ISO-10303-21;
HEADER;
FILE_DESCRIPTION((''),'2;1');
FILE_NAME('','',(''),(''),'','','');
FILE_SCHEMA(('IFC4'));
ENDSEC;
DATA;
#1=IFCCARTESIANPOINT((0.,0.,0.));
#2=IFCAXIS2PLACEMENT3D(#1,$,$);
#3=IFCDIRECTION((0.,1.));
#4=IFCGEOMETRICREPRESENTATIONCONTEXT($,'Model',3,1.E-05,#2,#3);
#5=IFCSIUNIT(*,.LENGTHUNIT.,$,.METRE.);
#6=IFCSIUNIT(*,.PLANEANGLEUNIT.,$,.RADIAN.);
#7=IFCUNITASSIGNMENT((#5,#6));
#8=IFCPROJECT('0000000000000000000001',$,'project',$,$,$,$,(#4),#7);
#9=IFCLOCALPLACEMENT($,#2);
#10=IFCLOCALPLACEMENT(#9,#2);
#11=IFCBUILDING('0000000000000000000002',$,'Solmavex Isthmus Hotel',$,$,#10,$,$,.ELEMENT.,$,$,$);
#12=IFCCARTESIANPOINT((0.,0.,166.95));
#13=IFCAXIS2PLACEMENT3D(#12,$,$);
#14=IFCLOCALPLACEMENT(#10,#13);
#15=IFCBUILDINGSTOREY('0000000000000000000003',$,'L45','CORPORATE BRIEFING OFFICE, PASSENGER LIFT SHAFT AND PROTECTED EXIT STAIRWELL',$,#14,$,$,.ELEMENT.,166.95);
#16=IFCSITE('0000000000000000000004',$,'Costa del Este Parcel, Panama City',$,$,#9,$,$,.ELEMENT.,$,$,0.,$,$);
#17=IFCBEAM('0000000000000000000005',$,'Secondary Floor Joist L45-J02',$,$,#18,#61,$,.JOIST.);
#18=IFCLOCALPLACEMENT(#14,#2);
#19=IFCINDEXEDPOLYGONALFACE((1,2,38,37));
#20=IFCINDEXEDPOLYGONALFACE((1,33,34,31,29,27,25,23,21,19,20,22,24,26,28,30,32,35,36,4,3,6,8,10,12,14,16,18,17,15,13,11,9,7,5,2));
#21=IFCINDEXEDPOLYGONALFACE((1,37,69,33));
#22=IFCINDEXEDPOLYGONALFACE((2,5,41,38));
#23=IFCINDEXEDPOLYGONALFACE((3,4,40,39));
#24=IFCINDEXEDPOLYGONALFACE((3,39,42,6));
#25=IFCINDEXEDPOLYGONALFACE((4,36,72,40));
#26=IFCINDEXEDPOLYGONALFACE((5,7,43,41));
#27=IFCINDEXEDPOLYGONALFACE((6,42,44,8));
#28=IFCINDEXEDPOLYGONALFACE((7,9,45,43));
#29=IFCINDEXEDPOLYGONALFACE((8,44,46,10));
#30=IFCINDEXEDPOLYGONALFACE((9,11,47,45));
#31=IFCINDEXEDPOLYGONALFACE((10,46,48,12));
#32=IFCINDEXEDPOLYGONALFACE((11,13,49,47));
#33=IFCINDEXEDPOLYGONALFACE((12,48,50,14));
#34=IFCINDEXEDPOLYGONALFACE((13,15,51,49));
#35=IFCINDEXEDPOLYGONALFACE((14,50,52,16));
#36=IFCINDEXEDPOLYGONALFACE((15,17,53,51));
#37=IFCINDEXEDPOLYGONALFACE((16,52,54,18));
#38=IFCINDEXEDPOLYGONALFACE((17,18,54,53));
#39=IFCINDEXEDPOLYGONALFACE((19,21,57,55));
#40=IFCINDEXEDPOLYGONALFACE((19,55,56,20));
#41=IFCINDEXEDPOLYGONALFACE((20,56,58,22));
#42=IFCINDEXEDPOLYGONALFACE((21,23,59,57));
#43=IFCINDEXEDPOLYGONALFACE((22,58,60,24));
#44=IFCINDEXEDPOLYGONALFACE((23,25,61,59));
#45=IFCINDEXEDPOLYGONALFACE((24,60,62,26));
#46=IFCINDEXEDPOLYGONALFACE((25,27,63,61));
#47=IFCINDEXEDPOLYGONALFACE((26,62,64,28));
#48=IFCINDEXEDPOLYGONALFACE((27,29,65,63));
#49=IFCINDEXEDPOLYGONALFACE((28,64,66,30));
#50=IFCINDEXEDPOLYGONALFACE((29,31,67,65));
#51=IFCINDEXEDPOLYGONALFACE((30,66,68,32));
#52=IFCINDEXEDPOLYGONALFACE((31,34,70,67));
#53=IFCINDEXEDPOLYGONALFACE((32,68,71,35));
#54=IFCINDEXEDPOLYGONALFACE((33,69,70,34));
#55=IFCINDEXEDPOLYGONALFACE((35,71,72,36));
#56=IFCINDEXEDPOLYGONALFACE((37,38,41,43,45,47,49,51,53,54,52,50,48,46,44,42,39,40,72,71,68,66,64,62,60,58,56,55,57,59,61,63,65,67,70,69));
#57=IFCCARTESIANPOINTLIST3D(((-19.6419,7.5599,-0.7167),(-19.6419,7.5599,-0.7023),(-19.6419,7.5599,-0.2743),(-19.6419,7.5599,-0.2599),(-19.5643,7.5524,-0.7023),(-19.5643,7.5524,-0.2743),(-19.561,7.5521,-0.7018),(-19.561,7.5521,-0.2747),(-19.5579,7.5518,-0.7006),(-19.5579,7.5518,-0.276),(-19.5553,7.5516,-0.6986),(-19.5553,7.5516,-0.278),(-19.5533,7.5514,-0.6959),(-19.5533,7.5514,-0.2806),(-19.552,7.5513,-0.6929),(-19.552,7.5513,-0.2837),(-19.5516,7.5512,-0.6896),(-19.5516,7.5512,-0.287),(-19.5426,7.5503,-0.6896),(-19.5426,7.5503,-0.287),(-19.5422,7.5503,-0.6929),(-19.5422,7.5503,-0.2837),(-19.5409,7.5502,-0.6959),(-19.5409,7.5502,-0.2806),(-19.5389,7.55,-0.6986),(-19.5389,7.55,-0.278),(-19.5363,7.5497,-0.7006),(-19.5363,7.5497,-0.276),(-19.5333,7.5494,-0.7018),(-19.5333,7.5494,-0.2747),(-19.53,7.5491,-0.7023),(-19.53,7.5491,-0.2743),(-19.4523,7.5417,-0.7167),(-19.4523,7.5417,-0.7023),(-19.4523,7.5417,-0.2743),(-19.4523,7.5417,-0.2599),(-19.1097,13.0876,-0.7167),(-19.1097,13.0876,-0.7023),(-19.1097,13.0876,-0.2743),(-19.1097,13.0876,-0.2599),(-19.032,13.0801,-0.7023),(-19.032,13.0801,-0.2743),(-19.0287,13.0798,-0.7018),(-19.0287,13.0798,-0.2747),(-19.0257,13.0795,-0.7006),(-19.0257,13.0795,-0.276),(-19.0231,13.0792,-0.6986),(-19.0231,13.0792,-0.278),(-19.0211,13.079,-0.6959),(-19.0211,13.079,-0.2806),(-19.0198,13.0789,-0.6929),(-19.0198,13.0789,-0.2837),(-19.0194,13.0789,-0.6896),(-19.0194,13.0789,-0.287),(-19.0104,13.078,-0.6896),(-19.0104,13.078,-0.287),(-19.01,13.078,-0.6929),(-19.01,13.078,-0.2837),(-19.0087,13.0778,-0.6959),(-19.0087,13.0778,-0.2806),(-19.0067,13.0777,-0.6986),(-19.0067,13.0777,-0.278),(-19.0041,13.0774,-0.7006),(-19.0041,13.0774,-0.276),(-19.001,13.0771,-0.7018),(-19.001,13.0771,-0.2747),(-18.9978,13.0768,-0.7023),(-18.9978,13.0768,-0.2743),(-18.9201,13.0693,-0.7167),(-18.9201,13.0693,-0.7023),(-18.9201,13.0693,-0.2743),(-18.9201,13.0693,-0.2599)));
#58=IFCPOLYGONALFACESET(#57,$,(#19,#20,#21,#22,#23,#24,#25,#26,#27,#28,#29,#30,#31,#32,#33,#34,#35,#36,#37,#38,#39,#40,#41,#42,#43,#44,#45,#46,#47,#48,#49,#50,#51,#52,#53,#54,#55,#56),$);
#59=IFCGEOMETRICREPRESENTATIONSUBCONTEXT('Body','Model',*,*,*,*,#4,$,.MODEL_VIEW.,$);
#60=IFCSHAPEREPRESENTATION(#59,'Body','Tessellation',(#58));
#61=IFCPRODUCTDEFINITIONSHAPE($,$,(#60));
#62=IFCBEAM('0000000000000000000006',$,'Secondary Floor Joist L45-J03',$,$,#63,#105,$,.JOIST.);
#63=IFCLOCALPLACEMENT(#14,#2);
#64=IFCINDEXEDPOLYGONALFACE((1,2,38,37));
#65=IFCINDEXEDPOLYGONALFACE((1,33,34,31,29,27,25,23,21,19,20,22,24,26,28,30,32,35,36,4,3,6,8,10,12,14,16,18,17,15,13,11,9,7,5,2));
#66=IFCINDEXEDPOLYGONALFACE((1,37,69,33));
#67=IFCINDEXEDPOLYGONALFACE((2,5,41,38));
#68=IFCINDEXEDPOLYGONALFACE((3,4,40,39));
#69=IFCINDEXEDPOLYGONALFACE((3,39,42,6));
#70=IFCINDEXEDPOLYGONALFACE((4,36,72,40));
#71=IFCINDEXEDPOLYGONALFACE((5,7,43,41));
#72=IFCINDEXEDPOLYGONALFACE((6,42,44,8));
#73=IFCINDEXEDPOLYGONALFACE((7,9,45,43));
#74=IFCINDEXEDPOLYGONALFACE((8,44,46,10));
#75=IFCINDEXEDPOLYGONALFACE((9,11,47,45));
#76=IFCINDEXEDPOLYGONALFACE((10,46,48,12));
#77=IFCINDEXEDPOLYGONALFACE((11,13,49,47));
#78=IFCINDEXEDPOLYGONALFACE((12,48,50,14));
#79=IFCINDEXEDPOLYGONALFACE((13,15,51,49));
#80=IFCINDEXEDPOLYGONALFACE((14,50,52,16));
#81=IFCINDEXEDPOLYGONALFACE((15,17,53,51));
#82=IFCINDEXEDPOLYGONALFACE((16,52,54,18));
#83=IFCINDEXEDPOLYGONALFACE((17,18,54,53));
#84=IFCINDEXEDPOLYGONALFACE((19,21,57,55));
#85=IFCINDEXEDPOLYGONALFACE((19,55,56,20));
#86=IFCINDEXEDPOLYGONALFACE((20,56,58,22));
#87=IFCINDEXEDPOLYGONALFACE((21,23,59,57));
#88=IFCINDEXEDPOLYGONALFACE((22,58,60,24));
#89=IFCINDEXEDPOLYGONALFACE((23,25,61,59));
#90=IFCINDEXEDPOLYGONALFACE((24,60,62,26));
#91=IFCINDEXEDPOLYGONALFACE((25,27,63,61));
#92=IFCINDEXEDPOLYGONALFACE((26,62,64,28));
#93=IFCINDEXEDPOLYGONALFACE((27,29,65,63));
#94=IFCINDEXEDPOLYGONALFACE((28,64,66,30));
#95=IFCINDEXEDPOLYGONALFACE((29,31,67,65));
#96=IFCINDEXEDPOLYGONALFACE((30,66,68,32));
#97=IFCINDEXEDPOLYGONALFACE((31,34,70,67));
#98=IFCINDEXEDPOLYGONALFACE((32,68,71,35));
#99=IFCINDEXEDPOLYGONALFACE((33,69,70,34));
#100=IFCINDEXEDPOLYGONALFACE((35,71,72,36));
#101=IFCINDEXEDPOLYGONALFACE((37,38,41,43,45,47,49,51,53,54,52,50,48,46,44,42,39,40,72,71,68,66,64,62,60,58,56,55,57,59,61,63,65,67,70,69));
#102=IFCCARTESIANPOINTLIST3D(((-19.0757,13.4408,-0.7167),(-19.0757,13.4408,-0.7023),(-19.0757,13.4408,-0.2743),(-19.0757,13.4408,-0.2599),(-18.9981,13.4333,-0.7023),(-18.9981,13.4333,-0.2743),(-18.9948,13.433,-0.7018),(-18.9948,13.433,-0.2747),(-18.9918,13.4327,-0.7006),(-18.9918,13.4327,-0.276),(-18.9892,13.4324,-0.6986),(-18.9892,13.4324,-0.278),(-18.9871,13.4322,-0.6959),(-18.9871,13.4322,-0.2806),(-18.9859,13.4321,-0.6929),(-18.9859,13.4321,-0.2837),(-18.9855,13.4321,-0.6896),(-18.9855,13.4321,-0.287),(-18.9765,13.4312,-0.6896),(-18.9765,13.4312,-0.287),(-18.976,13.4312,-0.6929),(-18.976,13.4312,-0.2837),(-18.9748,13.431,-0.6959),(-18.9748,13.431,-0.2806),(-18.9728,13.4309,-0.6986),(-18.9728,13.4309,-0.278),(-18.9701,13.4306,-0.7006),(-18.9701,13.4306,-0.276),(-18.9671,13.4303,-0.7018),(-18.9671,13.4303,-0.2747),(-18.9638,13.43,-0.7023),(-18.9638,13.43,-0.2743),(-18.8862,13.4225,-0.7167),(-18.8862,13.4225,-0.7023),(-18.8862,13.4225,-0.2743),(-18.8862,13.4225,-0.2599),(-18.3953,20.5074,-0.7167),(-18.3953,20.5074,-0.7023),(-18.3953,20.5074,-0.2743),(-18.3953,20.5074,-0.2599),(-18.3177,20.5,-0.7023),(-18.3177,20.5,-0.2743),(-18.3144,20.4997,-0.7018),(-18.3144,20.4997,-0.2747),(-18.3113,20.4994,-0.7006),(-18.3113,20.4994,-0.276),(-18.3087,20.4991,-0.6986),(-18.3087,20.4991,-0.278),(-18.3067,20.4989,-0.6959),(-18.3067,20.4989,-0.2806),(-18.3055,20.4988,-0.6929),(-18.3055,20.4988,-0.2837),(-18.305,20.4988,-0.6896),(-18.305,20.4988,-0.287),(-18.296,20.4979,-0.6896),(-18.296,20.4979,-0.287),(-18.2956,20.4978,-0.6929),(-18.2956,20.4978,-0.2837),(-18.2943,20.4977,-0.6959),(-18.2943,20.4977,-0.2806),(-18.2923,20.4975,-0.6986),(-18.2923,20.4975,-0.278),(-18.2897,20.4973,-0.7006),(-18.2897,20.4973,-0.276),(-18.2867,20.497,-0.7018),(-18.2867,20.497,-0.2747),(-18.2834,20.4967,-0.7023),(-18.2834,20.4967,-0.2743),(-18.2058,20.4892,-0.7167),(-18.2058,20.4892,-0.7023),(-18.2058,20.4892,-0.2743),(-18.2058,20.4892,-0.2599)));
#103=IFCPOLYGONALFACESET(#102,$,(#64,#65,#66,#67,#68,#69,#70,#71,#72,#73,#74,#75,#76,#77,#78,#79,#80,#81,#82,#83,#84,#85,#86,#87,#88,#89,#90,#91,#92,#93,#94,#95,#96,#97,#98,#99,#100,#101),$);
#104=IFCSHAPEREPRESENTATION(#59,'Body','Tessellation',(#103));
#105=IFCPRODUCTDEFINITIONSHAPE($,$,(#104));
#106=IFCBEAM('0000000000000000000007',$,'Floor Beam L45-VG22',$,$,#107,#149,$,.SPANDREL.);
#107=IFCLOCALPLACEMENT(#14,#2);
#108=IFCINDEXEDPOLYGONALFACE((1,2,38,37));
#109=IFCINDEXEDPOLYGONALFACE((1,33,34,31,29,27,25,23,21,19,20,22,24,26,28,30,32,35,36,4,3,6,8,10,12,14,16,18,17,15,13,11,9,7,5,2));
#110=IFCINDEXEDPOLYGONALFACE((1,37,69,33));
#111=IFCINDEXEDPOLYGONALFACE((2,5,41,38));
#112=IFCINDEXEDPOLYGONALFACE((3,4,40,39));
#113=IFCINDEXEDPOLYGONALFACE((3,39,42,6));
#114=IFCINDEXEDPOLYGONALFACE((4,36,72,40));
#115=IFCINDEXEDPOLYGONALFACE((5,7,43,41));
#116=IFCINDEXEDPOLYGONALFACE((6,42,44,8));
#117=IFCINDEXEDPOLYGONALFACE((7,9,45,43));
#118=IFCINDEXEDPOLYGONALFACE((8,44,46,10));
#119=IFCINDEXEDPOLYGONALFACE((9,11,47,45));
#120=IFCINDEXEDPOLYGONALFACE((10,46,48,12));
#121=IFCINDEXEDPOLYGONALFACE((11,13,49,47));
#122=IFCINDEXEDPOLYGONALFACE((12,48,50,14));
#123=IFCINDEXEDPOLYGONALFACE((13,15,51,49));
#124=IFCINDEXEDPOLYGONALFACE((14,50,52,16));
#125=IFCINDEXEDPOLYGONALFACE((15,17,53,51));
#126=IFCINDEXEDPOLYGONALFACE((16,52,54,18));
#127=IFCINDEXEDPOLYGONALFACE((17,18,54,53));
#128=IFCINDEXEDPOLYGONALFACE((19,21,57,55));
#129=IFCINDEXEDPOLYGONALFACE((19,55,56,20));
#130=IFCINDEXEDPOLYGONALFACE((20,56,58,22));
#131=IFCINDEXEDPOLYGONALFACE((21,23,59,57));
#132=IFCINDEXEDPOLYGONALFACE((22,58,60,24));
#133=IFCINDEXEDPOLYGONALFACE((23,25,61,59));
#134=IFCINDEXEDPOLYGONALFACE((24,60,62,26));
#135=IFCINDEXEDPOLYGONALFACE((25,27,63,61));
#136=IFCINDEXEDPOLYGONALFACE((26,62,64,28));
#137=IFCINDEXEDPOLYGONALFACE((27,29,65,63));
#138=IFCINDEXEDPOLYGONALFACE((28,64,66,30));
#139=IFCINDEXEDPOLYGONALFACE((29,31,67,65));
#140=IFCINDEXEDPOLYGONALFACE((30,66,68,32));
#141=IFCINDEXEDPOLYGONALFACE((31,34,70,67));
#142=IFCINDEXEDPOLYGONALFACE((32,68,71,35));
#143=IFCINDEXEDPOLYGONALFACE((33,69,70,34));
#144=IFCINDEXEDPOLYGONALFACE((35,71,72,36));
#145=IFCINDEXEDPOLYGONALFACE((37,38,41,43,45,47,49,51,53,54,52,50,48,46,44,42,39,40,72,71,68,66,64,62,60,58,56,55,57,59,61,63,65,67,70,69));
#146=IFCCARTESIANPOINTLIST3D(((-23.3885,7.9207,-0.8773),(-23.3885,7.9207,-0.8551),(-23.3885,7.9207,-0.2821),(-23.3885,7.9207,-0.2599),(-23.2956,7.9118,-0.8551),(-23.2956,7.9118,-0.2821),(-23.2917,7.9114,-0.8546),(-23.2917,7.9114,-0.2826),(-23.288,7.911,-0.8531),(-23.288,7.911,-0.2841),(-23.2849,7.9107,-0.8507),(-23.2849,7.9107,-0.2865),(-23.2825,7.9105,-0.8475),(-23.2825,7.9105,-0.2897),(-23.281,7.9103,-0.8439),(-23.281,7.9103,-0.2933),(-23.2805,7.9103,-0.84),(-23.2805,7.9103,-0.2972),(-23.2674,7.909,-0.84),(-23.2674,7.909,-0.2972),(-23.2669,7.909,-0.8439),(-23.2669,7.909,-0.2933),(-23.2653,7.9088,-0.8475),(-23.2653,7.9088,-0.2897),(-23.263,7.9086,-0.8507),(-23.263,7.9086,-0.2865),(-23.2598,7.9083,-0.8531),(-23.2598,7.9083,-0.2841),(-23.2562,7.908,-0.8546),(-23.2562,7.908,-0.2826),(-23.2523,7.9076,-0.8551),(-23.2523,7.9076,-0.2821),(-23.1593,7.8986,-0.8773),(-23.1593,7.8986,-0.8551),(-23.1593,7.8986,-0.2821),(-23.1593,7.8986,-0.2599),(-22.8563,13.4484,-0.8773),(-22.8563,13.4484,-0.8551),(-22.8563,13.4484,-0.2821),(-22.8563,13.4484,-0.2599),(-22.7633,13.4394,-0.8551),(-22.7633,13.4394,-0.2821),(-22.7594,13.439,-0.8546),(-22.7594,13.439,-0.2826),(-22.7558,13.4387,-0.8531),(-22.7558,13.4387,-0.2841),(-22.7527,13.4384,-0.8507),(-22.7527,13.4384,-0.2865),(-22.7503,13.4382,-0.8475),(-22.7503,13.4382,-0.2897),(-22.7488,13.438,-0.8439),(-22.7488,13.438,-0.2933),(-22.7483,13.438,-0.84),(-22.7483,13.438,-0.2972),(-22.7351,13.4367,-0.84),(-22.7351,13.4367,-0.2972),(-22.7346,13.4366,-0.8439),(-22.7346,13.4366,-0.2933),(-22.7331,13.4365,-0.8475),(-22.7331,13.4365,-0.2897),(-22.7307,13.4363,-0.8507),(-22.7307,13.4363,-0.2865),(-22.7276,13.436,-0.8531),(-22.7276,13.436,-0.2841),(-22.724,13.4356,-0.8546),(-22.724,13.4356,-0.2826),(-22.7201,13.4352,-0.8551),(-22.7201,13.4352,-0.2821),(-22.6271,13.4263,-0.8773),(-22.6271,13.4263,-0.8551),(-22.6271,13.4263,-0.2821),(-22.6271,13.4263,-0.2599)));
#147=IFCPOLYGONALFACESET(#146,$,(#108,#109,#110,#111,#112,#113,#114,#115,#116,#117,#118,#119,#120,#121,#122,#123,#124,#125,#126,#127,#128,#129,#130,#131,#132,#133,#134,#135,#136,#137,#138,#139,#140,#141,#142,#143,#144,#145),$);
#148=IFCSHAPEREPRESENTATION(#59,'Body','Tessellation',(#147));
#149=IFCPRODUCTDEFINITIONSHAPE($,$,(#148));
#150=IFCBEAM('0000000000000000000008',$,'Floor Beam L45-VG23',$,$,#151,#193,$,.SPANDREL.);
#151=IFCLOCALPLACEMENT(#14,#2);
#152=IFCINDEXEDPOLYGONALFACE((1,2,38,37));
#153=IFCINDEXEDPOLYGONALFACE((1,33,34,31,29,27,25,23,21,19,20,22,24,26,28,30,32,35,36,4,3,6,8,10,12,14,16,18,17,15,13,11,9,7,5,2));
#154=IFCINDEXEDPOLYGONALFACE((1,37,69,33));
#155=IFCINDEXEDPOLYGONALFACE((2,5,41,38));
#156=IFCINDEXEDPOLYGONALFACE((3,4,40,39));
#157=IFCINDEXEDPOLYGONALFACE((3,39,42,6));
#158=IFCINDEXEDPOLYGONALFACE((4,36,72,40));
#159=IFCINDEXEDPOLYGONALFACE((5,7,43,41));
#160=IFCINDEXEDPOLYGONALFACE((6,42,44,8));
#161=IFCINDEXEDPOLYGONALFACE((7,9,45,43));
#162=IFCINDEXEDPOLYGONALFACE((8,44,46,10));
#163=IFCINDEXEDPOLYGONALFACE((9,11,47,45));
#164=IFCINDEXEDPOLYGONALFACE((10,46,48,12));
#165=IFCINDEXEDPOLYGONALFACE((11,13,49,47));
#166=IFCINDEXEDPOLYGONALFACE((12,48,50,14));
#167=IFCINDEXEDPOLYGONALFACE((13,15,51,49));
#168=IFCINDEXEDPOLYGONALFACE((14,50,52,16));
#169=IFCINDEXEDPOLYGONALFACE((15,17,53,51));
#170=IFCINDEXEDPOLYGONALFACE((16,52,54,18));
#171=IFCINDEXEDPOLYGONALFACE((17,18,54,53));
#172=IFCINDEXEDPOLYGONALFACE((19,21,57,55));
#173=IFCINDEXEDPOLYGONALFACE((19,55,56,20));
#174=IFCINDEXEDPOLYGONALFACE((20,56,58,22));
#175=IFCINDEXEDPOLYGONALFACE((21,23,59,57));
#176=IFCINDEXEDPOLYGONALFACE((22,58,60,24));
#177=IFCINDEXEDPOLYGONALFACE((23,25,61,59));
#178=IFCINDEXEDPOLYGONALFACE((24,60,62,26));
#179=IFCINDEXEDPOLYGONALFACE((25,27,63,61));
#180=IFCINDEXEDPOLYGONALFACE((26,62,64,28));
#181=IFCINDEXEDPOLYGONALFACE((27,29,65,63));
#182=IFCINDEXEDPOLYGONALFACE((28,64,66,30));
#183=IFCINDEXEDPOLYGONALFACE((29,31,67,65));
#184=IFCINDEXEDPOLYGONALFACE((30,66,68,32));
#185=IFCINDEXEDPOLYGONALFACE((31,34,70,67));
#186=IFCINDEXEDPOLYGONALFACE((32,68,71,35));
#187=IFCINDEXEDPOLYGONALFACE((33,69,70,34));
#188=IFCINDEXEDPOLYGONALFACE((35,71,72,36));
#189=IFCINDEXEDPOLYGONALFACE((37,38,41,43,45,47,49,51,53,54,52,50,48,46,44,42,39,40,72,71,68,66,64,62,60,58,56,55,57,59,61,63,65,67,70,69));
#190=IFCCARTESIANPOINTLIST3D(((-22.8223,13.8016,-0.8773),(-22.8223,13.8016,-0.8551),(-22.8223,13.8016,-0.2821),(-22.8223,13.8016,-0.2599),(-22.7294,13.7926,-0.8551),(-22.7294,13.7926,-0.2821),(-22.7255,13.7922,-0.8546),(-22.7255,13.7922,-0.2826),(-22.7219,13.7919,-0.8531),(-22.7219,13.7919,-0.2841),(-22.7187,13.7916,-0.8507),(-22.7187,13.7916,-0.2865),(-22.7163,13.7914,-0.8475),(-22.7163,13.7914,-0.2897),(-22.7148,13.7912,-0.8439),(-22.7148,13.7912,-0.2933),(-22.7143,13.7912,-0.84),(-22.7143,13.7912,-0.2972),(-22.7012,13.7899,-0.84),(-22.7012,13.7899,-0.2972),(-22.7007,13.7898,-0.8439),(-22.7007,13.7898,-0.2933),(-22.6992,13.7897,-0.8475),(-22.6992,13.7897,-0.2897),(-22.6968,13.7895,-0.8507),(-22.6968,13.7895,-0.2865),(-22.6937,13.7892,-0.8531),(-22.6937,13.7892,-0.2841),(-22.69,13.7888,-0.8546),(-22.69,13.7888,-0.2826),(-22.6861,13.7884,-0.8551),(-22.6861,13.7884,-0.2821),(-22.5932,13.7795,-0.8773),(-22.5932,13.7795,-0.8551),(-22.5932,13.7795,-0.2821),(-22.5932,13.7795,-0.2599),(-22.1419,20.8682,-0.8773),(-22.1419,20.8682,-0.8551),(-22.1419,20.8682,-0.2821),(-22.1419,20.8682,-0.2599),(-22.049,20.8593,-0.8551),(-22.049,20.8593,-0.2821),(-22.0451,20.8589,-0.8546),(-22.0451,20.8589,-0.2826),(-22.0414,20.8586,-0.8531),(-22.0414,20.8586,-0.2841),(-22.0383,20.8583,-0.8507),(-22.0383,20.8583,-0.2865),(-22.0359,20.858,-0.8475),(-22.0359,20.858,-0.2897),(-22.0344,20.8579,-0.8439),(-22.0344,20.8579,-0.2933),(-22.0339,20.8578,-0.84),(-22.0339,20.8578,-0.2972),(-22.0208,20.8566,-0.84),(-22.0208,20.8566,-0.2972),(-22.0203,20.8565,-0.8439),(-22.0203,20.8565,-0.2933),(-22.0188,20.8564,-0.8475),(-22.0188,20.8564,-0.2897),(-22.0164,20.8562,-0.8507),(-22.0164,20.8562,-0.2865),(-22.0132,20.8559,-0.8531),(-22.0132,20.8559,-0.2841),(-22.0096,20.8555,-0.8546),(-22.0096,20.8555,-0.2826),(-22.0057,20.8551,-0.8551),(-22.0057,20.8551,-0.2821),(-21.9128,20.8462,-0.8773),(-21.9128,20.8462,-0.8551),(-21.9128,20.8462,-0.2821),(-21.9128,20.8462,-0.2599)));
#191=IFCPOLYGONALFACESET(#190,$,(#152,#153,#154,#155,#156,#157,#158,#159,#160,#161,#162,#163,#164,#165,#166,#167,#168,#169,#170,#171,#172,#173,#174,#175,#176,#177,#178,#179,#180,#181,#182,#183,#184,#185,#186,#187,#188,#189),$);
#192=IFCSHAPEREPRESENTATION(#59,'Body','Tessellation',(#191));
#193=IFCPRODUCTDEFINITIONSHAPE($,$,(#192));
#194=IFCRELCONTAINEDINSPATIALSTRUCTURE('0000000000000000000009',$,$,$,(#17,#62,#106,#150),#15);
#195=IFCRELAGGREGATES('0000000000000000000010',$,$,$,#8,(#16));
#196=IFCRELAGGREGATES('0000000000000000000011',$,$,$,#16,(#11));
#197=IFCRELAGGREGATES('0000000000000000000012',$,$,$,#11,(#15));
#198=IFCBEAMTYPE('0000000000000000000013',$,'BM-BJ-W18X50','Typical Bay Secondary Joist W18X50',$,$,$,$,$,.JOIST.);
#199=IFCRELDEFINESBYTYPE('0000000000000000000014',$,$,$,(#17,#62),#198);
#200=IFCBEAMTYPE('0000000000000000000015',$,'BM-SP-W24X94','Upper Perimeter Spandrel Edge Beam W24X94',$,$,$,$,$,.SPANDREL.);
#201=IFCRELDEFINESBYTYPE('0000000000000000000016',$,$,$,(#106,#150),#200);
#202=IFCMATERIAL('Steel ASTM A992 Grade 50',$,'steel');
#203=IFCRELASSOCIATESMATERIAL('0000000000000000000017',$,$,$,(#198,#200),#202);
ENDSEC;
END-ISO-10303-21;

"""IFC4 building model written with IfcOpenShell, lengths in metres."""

from ifc_helpers import new_model, si_unit, direction, frame, origin, origin_2d, place, context, subcontext, project, spatial, i_section, extrude, material, material_profile, profile_set, type_object, element, save


model = new_model("IFC4")

# Units and contexts
model_context = context("Model", 3, precision=1e-05, world=origin(), true_north=direction((0.0, 1.0)))
body_context = subcontext(model_context, "Body", "Model", "MODEL_VIEW")
ifc_project = project(units=[si_unit("LENGTHUNIT", "METRE"), si_unit("PLANEANGLEUNIT", "RADIAN")], contexts=[model_context])

# Site, building, storey
site_placement = place(None, origin())
site = spatial("IfcSite", under=ifc_project, at=site_placement, Name="Costa del Este Parcel, Panama City", CompositionType="ELEMENT", RefElevation=0.0)
building_placement = place(site_placement, origin())
building = spatial("IfcBuilding", under=site, at=building_placement, Name="Solmavex Isthmus Hotel", CompositionType="ELEMENT")
storey_placement = place(building_placement, frame((0.0, 0.0, 166.95)))
storey = spatial("IfcBuildingStorey", under=building, at=storey_placement, Name="L45", Description="CORPORATE BRIEFING OFFICE, PASSENGER LIFT SHAFT AND PROTECTED EXIT STAIRWELL", CompositionType="ELEMENT", Elevation=166.95)

# Beams
ifc_material_1 = material(Name="Steel ASTM A992 Grade 50", Category="steel")
ifc_material_profile_1 = material_profile(ifc_material_1, i_section(OverallWidth=0.1904, OverallDepth=0.4568, WebThickness=0.009, FlangeThickness=0.0144, FilletRadius=0.0127, at=origin_2d()), Name="W18X50")
ifc_profile_set_1 = profile_set([ifc_material_profile_1], Name="Steel ASTM A992 Grade 50")
beam_type_1 = type_object("IfcBeamType", Name="BM-BJ-W18X50", Description="Typical Bay Secondary Joist W18X50", PredefinedType="JOIST", material=ifc_profile_set_1)
beam_1_placement = place(storey_placement, frame((-19.5471, 7.5508, -0.4883), z_axis=(0.095842, 0.995397, 0.0), x_axis=(-0.995397, 0.095842, 0.0)))
element("IfcBeam", 1, at=beam_1_placement, inside=storey, type_object=beam_type_1, Name="Secondary Floor Joist L45-J02", PredefinedType="JOIST", context=body_context, shape_type="SweptSolid", body=[
    extrude(i_section(OverallWidth=0.1904, OverallDepth=0.4568, WebThickness=0.009, FlangeThickness=0.0144, FilletRadius=0.0127, at=origin_2d()), origin(), (0.0, 0.0, 1.0), 5.5532),
])
beam_2_placement = place(storey_placement, frame((-18.981, 13.4316, -0.4883), z_axis=(0.095843, 0.995396, 0.0), x_axis=(-0.995396, 0.095843, 0.0)))
element("IfcBeam", 2, at=beam_2_placement, inside=storey, type_object=beam_type_1, Name="Secondary Floor Joist L45-J03", PredefinedType="JOIST", context=body_context, shape_type="SweptSolid", body=[
    extrude(i_section(OverallWidth=0.1904, OverallDepth=0.4568, WebThickness=0.009, FlangeThickness=0.0144, FilletRadius=0.0127, at=origin_2d()), origin(), (0.0, 0.0, 1.0), 7.0994),
])
ifc_material_profile_2 = material_profile(ifc_material_1, i_section(OverallWidth=0.2302, OverallDepth=0.6174, WebThickness=0.0132, FlangeThickness=0.0222, FilletRadius=0.0151, at=origin_2d()), Name="W24X94")
ifc_profile_set_2 = profile_set([ifc_material_profile_2], Name="Steel ASTM A992 Grade 50")
beam_type_2 = type_object("IfcBeamType", Name="BM-SP-W24X94", Description="Upper Perimeter Spandrel Edge Beam W24X94", PredefinedType="SPANDREL", material=ifc_profile_set_2)
beam_3_placement = place(storey_placement, frame((-23.2739, 7.9097, -0.5686), z_axis=(0.095842, 0.995397, 0.0), x_axis=(-0.995397, 0.095842, 0.0)))
element("IfcBeam", 3, at=beam_3_placement, inside=storey, type_object=beam_type_2, Name="Floor Beam L45-VG22", PredefinedType="SPANDREL", context=body_context, shape_type="SweptSolid", body=[
    extrude(i_section(OverallWidth=0.2302, OverallDepth=0.6174, WebThickness=0.0132, FlangeThickness=0.0222, FilletRadius=0.0151, at=origin_2d()), origin(), (0.0, 0.0, 1.0), 5.5532),
])
beam_4_placement = place(storey_placement, frame((-22.7078, 13.7905, -0.5686), z_axis=(0.095843, 0.995396, 0.0), x_axis=(-0.995396, 0.095843, 0.0)))
element("IfcBeam", 4, at=beam_4_placement, inside=storey, type_object=beam_type_2, Name="Floor Beam L45-VG23", PredefinedType="SPANDREL", context=body_context, shape_type="SweptSolid", body=[
    extrude(i_section(OverallWidth=0.2302, OverallDepth=0.6174, WebThickness=0.0132, FlangeThickness=0.0222, FilletRadius=0.0151, at=origin_2d()), origin(), (0.0, 0.0, 1.0), 7.0994),
])

save(model, "model.ifc")
